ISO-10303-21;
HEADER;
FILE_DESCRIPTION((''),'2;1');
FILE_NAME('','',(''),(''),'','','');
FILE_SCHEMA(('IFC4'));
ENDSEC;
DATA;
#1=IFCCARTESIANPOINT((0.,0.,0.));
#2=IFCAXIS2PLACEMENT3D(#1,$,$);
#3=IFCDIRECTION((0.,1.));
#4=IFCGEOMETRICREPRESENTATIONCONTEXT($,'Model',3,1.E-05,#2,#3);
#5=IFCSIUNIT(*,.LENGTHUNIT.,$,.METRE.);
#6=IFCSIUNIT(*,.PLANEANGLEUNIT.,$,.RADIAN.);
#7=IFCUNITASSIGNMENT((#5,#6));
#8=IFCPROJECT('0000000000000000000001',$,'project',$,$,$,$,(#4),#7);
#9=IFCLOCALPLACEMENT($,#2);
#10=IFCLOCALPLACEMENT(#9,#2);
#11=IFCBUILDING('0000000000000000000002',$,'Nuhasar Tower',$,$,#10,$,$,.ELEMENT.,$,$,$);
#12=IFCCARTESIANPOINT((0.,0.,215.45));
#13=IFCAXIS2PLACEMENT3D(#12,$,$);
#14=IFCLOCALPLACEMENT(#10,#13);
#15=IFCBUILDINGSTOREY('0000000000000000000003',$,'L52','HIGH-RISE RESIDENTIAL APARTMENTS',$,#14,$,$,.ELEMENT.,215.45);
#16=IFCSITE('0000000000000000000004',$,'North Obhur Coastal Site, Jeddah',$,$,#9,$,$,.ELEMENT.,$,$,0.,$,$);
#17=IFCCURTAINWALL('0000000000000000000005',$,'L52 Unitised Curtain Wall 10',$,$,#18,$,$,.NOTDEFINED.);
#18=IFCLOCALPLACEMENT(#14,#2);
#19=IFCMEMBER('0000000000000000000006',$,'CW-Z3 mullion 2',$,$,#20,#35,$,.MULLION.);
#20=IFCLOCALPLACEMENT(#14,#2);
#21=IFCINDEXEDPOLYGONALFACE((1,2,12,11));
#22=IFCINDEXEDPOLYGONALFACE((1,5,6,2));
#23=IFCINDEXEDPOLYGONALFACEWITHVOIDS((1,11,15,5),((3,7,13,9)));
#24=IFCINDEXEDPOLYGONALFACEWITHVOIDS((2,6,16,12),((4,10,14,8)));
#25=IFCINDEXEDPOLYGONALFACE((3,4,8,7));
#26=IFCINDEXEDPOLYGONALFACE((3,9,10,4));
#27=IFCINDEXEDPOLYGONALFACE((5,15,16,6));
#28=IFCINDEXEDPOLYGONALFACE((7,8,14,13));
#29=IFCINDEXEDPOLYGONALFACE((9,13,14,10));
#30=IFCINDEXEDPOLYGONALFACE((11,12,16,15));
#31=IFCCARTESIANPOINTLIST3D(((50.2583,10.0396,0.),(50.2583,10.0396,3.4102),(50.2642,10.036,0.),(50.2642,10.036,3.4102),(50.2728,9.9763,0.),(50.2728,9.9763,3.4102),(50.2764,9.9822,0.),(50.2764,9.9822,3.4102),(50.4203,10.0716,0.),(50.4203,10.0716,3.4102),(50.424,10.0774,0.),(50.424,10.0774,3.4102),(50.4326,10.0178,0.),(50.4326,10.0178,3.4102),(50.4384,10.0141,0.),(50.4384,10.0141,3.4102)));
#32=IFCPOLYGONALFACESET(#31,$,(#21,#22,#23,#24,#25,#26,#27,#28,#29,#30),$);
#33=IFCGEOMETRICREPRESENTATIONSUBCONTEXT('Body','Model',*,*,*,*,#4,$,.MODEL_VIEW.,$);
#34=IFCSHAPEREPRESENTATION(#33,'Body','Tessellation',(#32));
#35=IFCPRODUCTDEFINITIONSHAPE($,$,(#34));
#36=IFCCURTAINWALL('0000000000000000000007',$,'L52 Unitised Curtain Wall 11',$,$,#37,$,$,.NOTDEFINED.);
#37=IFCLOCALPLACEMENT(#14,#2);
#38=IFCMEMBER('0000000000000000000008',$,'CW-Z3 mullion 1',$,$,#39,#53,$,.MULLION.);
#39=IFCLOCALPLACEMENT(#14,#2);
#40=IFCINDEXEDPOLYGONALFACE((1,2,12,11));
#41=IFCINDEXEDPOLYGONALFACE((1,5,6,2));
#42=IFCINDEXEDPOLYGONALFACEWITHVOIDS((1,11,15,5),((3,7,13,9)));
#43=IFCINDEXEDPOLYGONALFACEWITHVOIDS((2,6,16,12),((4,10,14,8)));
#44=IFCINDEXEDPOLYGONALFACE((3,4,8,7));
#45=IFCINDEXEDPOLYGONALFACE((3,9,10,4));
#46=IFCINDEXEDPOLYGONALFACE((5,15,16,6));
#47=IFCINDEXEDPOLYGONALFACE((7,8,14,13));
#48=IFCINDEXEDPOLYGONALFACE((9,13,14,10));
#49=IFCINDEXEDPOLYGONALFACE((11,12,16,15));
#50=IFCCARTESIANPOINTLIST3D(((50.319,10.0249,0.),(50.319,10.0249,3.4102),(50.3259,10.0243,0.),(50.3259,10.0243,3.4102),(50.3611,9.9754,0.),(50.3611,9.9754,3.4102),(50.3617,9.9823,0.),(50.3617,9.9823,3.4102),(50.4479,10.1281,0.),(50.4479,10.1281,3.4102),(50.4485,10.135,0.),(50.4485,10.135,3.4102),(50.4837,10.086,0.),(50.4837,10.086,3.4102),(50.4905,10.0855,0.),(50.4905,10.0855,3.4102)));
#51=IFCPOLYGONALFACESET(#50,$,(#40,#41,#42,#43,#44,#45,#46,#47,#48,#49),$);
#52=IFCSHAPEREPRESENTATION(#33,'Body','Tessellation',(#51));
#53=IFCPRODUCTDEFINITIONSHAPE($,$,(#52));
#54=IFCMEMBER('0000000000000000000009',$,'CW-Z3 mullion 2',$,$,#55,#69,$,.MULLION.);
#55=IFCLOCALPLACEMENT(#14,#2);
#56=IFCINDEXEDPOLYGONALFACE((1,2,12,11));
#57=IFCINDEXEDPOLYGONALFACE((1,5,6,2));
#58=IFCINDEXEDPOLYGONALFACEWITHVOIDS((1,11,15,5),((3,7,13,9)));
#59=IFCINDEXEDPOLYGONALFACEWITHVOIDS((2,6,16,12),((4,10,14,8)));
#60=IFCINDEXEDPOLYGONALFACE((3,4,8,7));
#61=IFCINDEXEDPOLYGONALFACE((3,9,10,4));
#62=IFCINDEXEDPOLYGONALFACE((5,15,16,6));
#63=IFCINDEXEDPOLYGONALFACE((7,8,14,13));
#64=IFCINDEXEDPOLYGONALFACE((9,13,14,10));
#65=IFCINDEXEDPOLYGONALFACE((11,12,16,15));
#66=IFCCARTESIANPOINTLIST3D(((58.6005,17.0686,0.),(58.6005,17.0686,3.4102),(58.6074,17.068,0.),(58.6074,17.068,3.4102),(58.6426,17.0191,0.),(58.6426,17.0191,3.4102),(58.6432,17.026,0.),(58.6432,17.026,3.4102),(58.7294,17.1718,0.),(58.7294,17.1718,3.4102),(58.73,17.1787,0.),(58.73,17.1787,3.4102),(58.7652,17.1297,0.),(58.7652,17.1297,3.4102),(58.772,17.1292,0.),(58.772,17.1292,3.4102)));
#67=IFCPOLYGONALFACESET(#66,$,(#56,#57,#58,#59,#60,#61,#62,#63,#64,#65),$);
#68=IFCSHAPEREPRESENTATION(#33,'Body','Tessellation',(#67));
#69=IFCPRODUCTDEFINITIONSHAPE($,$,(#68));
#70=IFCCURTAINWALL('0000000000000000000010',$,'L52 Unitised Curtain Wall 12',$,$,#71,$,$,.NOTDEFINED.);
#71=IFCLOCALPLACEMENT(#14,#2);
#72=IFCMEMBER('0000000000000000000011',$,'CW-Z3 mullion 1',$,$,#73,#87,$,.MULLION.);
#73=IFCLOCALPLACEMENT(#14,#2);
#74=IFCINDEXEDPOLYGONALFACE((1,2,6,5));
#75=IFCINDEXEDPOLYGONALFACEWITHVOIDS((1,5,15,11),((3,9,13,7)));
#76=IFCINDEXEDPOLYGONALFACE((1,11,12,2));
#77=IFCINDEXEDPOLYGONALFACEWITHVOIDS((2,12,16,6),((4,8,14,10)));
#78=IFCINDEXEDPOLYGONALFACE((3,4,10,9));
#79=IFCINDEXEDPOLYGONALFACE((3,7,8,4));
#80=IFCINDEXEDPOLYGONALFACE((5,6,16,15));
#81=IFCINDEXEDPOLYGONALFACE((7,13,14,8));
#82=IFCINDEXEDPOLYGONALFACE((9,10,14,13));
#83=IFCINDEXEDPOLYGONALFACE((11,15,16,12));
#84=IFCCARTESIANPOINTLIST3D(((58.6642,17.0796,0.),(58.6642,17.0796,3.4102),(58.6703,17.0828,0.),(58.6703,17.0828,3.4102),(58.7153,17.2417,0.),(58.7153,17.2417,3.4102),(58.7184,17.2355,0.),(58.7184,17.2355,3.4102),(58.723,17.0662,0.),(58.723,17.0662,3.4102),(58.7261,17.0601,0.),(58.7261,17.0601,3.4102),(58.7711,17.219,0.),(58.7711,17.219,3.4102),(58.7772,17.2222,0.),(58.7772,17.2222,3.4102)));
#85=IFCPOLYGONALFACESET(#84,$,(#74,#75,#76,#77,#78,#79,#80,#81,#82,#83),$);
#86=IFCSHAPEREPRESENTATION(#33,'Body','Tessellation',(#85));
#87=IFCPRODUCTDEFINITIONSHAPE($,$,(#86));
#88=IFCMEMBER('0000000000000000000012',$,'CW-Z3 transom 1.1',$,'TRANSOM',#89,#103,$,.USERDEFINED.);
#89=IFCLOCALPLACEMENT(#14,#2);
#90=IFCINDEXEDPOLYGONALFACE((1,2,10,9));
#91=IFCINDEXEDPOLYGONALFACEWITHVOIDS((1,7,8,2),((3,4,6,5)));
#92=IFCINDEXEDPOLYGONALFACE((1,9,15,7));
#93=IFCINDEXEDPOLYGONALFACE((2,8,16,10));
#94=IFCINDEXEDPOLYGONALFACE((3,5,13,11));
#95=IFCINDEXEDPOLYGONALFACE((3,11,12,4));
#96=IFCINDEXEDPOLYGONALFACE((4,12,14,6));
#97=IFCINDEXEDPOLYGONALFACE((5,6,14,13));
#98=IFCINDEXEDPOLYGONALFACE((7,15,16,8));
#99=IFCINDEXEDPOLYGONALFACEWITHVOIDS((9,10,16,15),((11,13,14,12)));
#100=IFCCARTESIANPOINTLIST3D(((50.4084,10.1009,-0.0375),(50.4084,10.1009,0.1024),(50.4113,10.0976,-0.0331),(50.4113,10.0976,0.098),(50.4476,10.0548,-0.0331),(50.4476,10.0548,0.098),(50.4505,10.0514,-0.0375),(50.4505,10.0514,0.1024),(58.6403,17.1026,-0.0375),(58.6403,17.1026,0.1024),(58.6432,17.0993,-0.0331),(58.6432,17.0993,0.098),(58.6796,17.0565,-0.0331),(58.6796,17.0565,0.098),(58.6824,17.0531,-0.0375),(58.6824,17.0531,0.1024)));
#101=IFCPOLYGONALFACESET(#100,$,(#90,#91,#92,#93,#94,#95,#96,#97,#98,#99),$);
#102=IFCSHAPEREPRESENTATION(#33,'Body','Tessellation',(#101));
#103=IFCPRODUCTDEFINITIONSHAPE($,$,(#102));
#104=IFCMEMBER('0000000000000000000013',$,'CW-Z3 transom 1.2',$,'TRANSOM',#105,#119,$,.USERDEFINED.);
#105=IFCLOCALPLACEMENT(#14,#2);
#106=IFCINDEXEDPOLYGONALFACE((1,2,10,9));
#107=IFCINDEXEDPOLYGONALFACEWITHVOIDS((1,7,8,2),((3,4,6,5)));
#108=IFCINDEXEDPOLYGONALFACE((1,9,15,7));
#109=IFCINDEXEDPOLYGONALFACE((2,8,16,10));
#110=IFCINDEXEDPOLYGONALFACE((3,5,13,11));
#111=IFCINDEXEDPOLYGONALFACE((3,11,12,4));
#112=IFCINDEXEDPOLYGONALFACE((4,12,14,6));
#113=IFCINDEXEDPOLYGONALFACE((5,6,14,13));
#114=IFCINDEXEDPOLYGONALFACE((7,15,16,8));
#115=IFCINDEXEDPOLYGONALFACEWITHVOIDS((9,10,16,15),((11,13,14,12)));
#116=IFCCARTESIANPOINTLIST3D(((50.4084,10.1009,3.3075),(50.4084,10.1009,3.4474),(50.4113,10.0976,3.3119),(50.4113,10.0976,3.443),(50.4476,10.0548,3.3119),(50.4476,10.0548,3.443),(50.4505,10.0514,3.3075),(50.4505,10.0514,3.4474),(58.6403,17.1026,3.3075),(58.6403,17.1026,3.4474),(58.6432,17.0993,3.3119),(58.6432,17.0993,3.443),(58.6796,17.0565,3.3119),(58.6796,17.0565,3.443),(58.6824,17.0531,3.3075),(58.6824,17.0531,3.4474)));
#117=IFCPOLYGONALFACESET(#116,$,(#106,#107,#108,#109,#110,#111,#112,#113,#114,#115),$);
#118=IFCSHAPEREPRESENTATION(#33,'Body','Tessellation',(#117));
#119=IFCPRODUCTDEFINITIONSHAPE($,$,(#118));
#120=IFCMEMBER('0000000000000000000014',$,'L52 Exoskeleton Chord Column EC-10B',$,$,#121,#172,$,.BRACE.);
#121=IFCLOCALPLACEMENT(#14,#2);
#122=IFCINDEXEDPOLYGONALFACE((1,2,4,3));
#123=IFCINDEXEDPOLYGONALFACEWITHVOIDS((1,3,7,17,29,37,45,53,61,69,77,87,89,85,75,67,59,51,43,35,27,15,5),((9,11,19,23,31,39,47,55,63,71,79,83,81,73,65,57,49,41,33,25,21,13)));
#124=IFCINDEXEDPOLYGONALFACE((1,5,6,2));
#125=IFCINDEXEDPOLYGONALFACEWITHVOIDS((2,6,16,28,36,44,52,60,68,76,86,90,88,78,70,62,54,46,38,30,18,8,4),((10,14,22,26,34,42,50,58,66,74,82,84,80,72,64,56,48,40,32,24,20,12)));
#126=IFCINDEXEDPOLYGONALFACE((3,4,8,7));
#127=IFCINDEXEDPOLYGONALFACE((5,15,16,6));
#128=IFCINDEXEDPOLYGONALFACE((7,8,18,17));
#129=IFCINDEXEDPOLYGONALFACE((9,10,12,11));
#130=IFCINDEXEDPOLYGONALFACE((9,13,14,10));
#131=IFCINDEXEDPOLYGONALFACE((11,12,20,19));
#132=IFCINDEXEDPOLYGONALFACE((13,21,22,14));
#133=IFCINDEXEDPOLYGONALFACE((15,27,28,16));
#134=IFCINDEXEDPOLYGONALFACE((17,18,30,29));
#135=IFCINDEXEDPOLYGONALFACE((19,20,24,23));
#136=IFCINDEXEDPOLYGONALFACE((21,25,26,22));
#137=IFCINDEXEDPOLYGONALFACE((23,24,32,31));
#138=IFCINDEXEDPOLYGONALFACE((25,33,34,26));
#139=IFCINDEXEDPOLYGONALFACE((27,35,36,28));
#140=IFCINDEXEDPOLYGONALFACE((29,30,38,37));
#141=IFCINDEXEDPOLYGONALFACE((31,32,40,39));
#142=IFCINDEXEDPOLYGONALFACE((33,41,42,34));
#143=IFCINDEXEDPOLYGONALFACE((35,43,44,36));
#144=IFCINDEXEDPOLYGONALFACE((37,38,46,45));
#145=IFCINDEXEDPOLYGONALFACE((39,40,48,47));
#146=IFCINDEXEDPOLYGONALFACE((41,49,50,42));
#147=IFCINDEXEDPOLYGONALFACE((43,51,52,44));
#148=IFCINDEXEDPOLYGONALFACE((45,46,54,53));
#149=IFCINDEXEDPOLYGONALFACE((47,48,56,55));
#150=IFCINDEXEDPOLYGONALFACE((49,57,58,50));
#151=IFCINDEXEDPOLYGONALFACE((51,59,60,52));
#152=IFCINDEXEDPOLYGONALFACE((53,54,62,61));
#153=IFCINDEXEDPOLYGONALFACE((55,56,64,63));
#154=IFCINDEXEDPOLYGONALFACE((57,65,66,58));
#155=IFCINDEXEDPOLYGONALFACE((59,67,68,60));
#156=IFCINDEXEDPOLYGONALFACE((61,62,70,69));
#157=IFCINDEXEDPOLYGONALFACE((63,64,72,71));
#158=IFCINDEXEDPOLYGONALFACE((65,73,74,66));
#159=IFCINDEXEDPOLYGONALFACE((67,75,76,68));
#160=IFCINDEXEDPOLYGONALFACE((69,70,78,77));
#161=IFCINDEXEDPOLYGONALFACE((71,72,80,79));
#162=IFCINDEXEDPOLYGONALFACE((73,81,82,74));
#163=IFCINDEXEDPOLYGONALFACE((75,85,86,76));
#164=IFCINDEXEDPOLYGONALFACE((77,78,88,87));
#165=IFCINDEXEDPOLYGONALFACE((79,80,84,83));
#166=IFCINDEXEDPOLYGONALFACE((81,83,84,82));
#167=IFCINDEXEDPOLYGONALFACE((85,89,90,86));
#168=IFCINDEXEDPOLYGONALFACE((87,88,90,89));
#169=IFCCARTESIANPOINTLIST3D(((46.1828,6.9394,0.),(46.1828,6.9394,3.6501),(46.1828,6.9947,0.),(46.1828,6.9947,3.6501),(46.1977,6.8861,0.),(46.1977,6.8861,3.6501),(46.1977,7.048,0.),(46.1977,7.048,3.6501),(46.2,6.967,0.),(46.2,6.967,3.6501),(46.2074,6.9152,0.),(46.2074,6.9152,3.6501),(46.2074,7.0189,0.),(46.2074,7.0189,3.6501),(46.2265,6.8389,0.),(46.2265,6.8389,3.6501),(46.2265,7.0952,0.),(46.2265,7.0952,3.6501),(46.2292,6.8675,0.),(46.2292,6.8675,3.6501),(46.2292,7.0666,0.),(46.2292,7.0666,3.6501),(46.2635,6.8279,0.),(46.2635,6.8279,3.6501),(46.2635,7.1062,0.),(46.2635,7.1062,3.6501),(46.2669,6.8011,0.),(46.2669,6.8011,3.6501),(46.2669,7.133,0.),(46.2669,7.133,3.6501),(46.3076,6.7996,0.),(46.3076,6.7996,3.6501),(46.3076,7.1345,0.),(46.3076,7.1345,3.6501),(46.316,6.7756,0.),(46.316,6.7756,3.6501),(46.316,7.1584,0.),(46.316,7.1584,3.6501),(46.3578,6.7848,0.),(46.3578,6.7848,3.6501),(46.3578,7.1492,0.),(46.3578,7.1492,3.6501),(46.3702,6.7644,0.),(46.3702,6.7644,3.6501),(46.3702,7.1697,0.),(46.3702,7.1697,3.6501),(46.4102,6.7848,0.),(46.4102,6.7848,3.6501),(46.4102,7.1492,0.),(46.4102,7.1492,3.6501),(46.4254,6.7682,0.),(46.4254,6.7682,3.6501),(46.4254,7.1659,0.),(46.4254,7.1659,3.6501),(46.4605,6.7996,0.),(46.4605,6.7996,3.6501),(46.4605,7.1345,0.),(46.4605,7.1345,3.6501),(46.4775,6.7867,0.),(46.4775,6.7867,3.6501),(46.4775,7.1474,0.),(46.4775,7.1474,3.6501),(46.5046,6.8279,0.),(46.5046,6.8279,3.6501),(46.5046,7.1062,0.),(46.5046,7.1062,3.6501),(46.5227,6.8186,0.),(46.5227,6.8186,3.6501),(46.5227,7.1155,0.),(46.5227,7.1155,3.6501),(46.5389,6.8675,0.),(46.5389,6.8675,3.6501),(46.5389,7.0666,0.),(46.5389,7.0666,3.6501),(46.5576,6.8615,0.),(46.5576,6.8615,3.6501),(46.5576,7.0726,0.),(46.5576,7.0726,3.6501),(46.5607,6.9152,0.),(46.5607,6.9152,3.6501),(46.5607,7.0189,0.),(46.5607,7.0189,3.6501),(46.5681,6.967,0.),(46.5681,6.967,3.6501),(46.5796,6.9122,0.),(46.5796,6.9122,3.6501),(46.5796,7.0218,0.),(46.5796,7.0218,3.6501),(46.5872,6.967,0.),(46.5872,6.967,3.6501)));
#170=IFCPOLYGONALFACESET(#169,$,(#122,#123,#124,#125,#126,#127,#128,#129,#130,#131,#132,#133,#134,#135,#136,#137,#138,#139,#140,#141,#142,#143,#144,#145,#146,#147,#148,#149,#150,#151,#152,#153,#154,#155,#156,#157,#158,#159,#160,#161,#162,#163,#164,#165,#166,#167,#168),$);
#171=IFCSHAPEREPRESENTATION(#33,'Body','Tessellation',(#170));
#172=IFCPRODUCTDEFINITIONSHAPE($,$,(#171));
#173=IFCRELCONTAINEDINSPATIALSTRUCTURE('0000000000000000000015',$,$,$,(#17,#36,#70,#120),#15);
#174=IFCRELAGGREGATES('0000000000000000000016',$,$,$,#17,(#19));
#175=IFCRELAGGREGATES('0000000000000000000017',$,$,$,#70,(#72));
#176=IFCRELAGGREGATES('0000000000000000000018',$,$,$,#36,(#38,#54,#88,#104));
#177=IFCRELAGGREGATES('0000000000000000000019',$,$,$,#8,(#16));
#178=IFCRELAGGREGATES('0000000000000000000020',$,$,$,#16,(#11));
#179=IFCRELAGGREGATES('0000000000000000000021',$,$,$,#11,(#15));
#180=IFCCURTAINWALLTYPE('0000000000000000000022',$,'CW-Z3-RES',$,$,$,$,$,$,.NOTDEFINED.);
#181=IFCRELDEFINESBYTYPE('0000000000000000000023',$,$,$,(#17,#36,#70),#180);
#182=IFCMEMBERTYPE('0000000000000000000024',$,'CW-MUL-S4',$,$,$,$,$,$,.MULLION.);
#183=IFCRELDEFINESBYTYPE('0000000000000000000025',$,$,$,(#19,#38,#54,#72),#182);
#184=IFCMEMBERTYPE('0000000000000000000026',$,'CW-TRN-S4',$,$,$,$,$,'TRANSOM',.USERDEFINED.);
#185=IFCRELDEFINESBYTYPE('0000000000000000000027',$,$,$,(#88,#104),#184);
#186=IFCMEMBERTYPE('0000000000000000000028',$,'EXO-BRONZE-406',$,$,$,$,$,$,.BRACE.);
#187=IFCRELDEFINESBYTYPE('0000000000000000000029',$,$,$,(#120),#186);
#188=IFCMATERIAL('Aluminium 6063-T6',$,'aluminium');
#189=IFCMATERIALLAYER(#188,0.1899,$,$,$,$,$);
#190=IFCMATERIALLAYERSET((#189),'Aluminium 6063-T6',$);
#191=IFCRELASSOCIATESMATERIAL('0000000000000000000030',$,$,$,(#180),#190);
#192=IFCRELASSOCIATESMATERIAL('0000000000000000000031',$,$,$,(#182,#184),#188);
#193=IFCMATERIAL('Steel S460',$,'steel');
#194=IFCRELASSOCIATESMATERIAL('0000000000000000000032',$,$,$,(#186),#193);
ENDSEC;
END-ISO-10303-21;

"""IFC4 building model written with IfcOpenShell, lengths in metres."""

from ifc_helpers import new_model, si_unit, direction, frame, origin, origin_2d, place, context, subcontext, project, spatial, hollow_rectangle, hollow_circle, extrude, material, layer, layer_set, material_profile, profile_set, type_object, element, aggregate, save


model = new_model("IFC4")

# Units and contexts
model_context = context("Model", 3, precision=1e-05, world=origin(), true_north=direction((0.0, 1.0)))
body_context = subcontext(model_context, "Body", "Model", "MODEL_VIEW")
ifc_project = project(units=[si_unit("LENGTHUNIT", "METRE"), si_unit("PLANEANGLEUNIT", "RADIAN")], contexts=[model_context])

# Site, building, storey
site_placement = place(None, origin())
site = spatial("IfcSite", under=ifc_project, at=site_placement, Name="North Obhur Coastal Site, Jeddah", CompositionType="ELEMENT", RefElevation=0.0)
building_placement = place(site_placement, origin())
building = spatial("IfcBuilding", under=site, at=building_placement, Name="Nuhasar Tower", CompositionType="ELEMENT")
storey_placement = place(building_placement, frame((0.0, 0.0, 215.45)))
storey = spatial("IfcBuildingStorey", under=building, at=storey_placement, Name="L52", Description="HIGH-RISE RESIDENTIAL APARTMENTS", CompositionType="ELEMENT", Elevation=215.45)

# Curtain wall, member
ifc_material_1 = material(Name="Aluminium 6063-T6", Category="aluminium")
ifc_layer_1 = layer(ifc_material_1, 0.1899)
ifc_layer_set_1 = layer_set([ifc_layer_1], Name="Aluminium 6063-T6")
curtain_wall_type = type_object("IfcCurtainWallType", Name="CW-Z3-RES", PredefinedType="NOTDEFINED", material=ifc_layer_set_1)
curtain_wall_1_placement = place(storey_placement, origin())
curtain_wall_1 = element("IfcCurtainWall", 1, at=curtain_wall_1_placement, inside=storey, type_object=curtain_wall_type, Name="L52 Unitised Curtain Wall 10", PredefinedType="NOTDEFINED")
ifc_material_profile_1 = material_profile(ifc_material_1, hollow_rectangle(XDim=0.0649, YDim=0.1699, WallThickness=0.0049, at=origin_2d()), Name="CWM-4")
ifc_profile_set_1 = profile_set([ifc_material_profile_1], Name="Aluminium 6063-T6")
member_type_1 = type_object("IfcMemberType", Name="CW-MUL-S4", PredefinedType="MULLION", material=ifc_profile_set_1)
member_1_placement = place(storey_placement, frame((50.3484, 10.0269, 0.0), z_axis=(0.0, 0.0, 1.0), x_axis=(-0.222243, 0.974991, 0.0)))
member_1 = element("IfcMember", 2, at=member_1_placement, type_object=member_type_1, Name="CW-Z3 mullion 2", PredefinedType="MULLION", context=body_context, shape_type="SweptSolid", body=[
    extrude(hollow_rectangle(XDim=0.0649, YDim=0.1699, WallThickness=0.0049, at=origin_2d()), origin(), (0.0, 0.0, 1.0), 3.4102),
])
aggregate(curtain_wall_1, [member_1])

# Curtain wall, members
curtain_wall_2_placement = place(storey_placement, origin())
curtain_wall_2 = element("IfcCurtainWall", 3, at=curtain_wall_2_placement, inside=storey, type_object=curtain_wall_type, Name="L52 Unitised Curtain Wall 11", PredefinedType="NOTDEFINED")
member_2_placement = place(storey_placement, frame((50.4048, 10.0552, 0.0), z_axis=(0.0, 0.0, 1.0), x_axis=(-0.647895, 0.761729, 0.0)))
member_2 = element("IfcMember", 4, at=member_2_placement, type_object=member_type_1, Name="CW-Z3 mullion 1", PredefinedType="MULLION", context=body_context, shape_type="SweptSolid", body=[
    extrude(hollow_rectangle(XDim=0.0649, YDim=0.1699, WallThickness=0.0049, at=origin_2d()), origin(), (0.0, 0.0, 1.0), 3.4102),
])
member_3_placement = place(storey_placement, frame((58.6863, 17.0989, 0.0), z_axis=(0.0, 0.0, 1.0), x_axis=(-0.647895, 0.761729, 0.0)))
member_3 = element("IfcMember", 5, at=member_3_placement, type_object=member_type_1, Name="CW-Z3 mullion 2", PredefinedType="MULLION", context=body_context, shape_type="SweptSolid", body=[
    extrude(hollow_rectangle(XDim=0.0649, YDim=0.1699, WallThickness=0.0049, at=origin_2d()), origin(), (0.0, 0.0, 1.0), 3.4102),
])

# Curtain wall, member
curtain_wall_3_placement = place(storey_placement, origin())
curtain_wall_3 = element("IfcCurtainWall", 6, at=curtain_wall_3_placement, inside=storey, type_object=curtain_wall_type, Name="L52 Unitised Curtain Wall 12", PredefinedType="NOTDEFINED")
member_4_placement = place(storey_placement, frame((58.7207, 17.1509, 0.0), z_axis=(0.0, 0.0, 1.0), x_axis=(-0.953804, 0.300429, 0.0)))
member_4 = element("IfcMember", 7, at=member_4_placement, type_object=member_type_1, Name="CW-Z3 mullion 1", PredefinedType="MULLION", context=body_context, shape_type="SweptSolid", body=[
    extrude(hollow_rectangle(XDim=0.0649, YDim=0.1699, WallThickness=0.0049, at=origin_2d()), origin(), (0.0, 0.0, 1.0), 3.4102),
])
aggregate(curtain_wall_3, [member_4])

# Members
ifc_material_profile_2 = material_profile(ifc_material_1, hollow_rectangle(XDim=0.0649, YDim=0.1399, WallThickness=0.0044, at=origin_2d()), Name="CWT-4")
ifc_profile_set_2 = profile_set([ifc_material_profile_2], Name="Aluminium 6063-T6")
member_type_2 = type_object("IfcMemberType", Name="CW-TRN-S4", ElementType="TRANSOM", PredefinedType="USERDEFINED", material=ifc_profile_set_2)
member_5_placement = place(storey_placement, frame((50.4294, 10.0762, 0.0325), z_axis=(0.761731, 0.647894, 0.0), x_axis=(-0.647894, 0.761731, 0.0)))
member_5 = element("IfcMember", 8, at=member_5_placement, type_object=member_type_2, Name="CW-Z3 transom 1.1", ObjectType="TRANSOM", PredefinedType="USERDEFINED", context=body_context, shape_type="SweptSolid", body=[
    extrude(hollow_rectangle(XDim=0.0649, YDim=0.1399, WallThickness=0.0044, at=origin_2d()), origin(), (0.0, 0.0, 1.0), 10.8069),
])
member_6_placement = place(storey_placement, frame((50.4294, 10.0762, 3.3774), z_axis=(0.761731, 0.647894, 0.0), x_axis=(-0.647894, 0.761731, 0.0)))
member_6 = element("IfcMember", 9, at=member_6_placement, type_object=member_type_2, Name="CW-Z3 transom 1.2", ObjectType="TRANSOM", PredefinedType="USERDEFINED", context=body_context, shape_type="SweptSolid", body=[
    extrude(hollow_rectangle(XDim=0.0649, YDim=0.1399, WallThickness=0.0044, at=origin_2d()), origin(), (0.0, 0.0, 1.0), 10.8069),
])

# Member
ifc_material_2 = material(Name="Steel S460", Category="steel")
ifc_material_profile_3 = material_profile(ifc_material_2, hollow_circle(Radius=0.2031, WallThickness=0.019, at=origin_2d()), Name="HSS406.4X19.1")
ifc_profile_set_3 = profile_set([ifc_material_profile_3], Name="Steel S460")
member_type_3 = type_object("IfcMemberType", Name="EXO-BRONZE-406", PredefinedType="BRACE", material=ifc_profile_set_3)
for number, where, z_axis, x_axis, name in (
    (10, (46.384, 6.967, 0.0), (0.0, 0.0, 1.0), (1.0, 0.0, 0.0), "L52 Exoskeleton Chord Column EC-10B"),
):
    element("IfcMember", number, at=place(storey_placement, frame(where, z_axis=z_axis, x_axis=x_axis)), inside=storey, type_object=member_type_3, Name=name, PredefinedType="BRACE", context=body_context, shape_type="SweptSolid", body=[
        extrude(hollow_circle(Radius=0.2031, WallThickness=0.019, at=origin_2d()), origin(), (0.0, 0.0, 1.0), 3.6501),
    ])

aggregate(curtain_wall_2, [member_2, member_3, member_5, member_6])

save(model, "model.ifc")
